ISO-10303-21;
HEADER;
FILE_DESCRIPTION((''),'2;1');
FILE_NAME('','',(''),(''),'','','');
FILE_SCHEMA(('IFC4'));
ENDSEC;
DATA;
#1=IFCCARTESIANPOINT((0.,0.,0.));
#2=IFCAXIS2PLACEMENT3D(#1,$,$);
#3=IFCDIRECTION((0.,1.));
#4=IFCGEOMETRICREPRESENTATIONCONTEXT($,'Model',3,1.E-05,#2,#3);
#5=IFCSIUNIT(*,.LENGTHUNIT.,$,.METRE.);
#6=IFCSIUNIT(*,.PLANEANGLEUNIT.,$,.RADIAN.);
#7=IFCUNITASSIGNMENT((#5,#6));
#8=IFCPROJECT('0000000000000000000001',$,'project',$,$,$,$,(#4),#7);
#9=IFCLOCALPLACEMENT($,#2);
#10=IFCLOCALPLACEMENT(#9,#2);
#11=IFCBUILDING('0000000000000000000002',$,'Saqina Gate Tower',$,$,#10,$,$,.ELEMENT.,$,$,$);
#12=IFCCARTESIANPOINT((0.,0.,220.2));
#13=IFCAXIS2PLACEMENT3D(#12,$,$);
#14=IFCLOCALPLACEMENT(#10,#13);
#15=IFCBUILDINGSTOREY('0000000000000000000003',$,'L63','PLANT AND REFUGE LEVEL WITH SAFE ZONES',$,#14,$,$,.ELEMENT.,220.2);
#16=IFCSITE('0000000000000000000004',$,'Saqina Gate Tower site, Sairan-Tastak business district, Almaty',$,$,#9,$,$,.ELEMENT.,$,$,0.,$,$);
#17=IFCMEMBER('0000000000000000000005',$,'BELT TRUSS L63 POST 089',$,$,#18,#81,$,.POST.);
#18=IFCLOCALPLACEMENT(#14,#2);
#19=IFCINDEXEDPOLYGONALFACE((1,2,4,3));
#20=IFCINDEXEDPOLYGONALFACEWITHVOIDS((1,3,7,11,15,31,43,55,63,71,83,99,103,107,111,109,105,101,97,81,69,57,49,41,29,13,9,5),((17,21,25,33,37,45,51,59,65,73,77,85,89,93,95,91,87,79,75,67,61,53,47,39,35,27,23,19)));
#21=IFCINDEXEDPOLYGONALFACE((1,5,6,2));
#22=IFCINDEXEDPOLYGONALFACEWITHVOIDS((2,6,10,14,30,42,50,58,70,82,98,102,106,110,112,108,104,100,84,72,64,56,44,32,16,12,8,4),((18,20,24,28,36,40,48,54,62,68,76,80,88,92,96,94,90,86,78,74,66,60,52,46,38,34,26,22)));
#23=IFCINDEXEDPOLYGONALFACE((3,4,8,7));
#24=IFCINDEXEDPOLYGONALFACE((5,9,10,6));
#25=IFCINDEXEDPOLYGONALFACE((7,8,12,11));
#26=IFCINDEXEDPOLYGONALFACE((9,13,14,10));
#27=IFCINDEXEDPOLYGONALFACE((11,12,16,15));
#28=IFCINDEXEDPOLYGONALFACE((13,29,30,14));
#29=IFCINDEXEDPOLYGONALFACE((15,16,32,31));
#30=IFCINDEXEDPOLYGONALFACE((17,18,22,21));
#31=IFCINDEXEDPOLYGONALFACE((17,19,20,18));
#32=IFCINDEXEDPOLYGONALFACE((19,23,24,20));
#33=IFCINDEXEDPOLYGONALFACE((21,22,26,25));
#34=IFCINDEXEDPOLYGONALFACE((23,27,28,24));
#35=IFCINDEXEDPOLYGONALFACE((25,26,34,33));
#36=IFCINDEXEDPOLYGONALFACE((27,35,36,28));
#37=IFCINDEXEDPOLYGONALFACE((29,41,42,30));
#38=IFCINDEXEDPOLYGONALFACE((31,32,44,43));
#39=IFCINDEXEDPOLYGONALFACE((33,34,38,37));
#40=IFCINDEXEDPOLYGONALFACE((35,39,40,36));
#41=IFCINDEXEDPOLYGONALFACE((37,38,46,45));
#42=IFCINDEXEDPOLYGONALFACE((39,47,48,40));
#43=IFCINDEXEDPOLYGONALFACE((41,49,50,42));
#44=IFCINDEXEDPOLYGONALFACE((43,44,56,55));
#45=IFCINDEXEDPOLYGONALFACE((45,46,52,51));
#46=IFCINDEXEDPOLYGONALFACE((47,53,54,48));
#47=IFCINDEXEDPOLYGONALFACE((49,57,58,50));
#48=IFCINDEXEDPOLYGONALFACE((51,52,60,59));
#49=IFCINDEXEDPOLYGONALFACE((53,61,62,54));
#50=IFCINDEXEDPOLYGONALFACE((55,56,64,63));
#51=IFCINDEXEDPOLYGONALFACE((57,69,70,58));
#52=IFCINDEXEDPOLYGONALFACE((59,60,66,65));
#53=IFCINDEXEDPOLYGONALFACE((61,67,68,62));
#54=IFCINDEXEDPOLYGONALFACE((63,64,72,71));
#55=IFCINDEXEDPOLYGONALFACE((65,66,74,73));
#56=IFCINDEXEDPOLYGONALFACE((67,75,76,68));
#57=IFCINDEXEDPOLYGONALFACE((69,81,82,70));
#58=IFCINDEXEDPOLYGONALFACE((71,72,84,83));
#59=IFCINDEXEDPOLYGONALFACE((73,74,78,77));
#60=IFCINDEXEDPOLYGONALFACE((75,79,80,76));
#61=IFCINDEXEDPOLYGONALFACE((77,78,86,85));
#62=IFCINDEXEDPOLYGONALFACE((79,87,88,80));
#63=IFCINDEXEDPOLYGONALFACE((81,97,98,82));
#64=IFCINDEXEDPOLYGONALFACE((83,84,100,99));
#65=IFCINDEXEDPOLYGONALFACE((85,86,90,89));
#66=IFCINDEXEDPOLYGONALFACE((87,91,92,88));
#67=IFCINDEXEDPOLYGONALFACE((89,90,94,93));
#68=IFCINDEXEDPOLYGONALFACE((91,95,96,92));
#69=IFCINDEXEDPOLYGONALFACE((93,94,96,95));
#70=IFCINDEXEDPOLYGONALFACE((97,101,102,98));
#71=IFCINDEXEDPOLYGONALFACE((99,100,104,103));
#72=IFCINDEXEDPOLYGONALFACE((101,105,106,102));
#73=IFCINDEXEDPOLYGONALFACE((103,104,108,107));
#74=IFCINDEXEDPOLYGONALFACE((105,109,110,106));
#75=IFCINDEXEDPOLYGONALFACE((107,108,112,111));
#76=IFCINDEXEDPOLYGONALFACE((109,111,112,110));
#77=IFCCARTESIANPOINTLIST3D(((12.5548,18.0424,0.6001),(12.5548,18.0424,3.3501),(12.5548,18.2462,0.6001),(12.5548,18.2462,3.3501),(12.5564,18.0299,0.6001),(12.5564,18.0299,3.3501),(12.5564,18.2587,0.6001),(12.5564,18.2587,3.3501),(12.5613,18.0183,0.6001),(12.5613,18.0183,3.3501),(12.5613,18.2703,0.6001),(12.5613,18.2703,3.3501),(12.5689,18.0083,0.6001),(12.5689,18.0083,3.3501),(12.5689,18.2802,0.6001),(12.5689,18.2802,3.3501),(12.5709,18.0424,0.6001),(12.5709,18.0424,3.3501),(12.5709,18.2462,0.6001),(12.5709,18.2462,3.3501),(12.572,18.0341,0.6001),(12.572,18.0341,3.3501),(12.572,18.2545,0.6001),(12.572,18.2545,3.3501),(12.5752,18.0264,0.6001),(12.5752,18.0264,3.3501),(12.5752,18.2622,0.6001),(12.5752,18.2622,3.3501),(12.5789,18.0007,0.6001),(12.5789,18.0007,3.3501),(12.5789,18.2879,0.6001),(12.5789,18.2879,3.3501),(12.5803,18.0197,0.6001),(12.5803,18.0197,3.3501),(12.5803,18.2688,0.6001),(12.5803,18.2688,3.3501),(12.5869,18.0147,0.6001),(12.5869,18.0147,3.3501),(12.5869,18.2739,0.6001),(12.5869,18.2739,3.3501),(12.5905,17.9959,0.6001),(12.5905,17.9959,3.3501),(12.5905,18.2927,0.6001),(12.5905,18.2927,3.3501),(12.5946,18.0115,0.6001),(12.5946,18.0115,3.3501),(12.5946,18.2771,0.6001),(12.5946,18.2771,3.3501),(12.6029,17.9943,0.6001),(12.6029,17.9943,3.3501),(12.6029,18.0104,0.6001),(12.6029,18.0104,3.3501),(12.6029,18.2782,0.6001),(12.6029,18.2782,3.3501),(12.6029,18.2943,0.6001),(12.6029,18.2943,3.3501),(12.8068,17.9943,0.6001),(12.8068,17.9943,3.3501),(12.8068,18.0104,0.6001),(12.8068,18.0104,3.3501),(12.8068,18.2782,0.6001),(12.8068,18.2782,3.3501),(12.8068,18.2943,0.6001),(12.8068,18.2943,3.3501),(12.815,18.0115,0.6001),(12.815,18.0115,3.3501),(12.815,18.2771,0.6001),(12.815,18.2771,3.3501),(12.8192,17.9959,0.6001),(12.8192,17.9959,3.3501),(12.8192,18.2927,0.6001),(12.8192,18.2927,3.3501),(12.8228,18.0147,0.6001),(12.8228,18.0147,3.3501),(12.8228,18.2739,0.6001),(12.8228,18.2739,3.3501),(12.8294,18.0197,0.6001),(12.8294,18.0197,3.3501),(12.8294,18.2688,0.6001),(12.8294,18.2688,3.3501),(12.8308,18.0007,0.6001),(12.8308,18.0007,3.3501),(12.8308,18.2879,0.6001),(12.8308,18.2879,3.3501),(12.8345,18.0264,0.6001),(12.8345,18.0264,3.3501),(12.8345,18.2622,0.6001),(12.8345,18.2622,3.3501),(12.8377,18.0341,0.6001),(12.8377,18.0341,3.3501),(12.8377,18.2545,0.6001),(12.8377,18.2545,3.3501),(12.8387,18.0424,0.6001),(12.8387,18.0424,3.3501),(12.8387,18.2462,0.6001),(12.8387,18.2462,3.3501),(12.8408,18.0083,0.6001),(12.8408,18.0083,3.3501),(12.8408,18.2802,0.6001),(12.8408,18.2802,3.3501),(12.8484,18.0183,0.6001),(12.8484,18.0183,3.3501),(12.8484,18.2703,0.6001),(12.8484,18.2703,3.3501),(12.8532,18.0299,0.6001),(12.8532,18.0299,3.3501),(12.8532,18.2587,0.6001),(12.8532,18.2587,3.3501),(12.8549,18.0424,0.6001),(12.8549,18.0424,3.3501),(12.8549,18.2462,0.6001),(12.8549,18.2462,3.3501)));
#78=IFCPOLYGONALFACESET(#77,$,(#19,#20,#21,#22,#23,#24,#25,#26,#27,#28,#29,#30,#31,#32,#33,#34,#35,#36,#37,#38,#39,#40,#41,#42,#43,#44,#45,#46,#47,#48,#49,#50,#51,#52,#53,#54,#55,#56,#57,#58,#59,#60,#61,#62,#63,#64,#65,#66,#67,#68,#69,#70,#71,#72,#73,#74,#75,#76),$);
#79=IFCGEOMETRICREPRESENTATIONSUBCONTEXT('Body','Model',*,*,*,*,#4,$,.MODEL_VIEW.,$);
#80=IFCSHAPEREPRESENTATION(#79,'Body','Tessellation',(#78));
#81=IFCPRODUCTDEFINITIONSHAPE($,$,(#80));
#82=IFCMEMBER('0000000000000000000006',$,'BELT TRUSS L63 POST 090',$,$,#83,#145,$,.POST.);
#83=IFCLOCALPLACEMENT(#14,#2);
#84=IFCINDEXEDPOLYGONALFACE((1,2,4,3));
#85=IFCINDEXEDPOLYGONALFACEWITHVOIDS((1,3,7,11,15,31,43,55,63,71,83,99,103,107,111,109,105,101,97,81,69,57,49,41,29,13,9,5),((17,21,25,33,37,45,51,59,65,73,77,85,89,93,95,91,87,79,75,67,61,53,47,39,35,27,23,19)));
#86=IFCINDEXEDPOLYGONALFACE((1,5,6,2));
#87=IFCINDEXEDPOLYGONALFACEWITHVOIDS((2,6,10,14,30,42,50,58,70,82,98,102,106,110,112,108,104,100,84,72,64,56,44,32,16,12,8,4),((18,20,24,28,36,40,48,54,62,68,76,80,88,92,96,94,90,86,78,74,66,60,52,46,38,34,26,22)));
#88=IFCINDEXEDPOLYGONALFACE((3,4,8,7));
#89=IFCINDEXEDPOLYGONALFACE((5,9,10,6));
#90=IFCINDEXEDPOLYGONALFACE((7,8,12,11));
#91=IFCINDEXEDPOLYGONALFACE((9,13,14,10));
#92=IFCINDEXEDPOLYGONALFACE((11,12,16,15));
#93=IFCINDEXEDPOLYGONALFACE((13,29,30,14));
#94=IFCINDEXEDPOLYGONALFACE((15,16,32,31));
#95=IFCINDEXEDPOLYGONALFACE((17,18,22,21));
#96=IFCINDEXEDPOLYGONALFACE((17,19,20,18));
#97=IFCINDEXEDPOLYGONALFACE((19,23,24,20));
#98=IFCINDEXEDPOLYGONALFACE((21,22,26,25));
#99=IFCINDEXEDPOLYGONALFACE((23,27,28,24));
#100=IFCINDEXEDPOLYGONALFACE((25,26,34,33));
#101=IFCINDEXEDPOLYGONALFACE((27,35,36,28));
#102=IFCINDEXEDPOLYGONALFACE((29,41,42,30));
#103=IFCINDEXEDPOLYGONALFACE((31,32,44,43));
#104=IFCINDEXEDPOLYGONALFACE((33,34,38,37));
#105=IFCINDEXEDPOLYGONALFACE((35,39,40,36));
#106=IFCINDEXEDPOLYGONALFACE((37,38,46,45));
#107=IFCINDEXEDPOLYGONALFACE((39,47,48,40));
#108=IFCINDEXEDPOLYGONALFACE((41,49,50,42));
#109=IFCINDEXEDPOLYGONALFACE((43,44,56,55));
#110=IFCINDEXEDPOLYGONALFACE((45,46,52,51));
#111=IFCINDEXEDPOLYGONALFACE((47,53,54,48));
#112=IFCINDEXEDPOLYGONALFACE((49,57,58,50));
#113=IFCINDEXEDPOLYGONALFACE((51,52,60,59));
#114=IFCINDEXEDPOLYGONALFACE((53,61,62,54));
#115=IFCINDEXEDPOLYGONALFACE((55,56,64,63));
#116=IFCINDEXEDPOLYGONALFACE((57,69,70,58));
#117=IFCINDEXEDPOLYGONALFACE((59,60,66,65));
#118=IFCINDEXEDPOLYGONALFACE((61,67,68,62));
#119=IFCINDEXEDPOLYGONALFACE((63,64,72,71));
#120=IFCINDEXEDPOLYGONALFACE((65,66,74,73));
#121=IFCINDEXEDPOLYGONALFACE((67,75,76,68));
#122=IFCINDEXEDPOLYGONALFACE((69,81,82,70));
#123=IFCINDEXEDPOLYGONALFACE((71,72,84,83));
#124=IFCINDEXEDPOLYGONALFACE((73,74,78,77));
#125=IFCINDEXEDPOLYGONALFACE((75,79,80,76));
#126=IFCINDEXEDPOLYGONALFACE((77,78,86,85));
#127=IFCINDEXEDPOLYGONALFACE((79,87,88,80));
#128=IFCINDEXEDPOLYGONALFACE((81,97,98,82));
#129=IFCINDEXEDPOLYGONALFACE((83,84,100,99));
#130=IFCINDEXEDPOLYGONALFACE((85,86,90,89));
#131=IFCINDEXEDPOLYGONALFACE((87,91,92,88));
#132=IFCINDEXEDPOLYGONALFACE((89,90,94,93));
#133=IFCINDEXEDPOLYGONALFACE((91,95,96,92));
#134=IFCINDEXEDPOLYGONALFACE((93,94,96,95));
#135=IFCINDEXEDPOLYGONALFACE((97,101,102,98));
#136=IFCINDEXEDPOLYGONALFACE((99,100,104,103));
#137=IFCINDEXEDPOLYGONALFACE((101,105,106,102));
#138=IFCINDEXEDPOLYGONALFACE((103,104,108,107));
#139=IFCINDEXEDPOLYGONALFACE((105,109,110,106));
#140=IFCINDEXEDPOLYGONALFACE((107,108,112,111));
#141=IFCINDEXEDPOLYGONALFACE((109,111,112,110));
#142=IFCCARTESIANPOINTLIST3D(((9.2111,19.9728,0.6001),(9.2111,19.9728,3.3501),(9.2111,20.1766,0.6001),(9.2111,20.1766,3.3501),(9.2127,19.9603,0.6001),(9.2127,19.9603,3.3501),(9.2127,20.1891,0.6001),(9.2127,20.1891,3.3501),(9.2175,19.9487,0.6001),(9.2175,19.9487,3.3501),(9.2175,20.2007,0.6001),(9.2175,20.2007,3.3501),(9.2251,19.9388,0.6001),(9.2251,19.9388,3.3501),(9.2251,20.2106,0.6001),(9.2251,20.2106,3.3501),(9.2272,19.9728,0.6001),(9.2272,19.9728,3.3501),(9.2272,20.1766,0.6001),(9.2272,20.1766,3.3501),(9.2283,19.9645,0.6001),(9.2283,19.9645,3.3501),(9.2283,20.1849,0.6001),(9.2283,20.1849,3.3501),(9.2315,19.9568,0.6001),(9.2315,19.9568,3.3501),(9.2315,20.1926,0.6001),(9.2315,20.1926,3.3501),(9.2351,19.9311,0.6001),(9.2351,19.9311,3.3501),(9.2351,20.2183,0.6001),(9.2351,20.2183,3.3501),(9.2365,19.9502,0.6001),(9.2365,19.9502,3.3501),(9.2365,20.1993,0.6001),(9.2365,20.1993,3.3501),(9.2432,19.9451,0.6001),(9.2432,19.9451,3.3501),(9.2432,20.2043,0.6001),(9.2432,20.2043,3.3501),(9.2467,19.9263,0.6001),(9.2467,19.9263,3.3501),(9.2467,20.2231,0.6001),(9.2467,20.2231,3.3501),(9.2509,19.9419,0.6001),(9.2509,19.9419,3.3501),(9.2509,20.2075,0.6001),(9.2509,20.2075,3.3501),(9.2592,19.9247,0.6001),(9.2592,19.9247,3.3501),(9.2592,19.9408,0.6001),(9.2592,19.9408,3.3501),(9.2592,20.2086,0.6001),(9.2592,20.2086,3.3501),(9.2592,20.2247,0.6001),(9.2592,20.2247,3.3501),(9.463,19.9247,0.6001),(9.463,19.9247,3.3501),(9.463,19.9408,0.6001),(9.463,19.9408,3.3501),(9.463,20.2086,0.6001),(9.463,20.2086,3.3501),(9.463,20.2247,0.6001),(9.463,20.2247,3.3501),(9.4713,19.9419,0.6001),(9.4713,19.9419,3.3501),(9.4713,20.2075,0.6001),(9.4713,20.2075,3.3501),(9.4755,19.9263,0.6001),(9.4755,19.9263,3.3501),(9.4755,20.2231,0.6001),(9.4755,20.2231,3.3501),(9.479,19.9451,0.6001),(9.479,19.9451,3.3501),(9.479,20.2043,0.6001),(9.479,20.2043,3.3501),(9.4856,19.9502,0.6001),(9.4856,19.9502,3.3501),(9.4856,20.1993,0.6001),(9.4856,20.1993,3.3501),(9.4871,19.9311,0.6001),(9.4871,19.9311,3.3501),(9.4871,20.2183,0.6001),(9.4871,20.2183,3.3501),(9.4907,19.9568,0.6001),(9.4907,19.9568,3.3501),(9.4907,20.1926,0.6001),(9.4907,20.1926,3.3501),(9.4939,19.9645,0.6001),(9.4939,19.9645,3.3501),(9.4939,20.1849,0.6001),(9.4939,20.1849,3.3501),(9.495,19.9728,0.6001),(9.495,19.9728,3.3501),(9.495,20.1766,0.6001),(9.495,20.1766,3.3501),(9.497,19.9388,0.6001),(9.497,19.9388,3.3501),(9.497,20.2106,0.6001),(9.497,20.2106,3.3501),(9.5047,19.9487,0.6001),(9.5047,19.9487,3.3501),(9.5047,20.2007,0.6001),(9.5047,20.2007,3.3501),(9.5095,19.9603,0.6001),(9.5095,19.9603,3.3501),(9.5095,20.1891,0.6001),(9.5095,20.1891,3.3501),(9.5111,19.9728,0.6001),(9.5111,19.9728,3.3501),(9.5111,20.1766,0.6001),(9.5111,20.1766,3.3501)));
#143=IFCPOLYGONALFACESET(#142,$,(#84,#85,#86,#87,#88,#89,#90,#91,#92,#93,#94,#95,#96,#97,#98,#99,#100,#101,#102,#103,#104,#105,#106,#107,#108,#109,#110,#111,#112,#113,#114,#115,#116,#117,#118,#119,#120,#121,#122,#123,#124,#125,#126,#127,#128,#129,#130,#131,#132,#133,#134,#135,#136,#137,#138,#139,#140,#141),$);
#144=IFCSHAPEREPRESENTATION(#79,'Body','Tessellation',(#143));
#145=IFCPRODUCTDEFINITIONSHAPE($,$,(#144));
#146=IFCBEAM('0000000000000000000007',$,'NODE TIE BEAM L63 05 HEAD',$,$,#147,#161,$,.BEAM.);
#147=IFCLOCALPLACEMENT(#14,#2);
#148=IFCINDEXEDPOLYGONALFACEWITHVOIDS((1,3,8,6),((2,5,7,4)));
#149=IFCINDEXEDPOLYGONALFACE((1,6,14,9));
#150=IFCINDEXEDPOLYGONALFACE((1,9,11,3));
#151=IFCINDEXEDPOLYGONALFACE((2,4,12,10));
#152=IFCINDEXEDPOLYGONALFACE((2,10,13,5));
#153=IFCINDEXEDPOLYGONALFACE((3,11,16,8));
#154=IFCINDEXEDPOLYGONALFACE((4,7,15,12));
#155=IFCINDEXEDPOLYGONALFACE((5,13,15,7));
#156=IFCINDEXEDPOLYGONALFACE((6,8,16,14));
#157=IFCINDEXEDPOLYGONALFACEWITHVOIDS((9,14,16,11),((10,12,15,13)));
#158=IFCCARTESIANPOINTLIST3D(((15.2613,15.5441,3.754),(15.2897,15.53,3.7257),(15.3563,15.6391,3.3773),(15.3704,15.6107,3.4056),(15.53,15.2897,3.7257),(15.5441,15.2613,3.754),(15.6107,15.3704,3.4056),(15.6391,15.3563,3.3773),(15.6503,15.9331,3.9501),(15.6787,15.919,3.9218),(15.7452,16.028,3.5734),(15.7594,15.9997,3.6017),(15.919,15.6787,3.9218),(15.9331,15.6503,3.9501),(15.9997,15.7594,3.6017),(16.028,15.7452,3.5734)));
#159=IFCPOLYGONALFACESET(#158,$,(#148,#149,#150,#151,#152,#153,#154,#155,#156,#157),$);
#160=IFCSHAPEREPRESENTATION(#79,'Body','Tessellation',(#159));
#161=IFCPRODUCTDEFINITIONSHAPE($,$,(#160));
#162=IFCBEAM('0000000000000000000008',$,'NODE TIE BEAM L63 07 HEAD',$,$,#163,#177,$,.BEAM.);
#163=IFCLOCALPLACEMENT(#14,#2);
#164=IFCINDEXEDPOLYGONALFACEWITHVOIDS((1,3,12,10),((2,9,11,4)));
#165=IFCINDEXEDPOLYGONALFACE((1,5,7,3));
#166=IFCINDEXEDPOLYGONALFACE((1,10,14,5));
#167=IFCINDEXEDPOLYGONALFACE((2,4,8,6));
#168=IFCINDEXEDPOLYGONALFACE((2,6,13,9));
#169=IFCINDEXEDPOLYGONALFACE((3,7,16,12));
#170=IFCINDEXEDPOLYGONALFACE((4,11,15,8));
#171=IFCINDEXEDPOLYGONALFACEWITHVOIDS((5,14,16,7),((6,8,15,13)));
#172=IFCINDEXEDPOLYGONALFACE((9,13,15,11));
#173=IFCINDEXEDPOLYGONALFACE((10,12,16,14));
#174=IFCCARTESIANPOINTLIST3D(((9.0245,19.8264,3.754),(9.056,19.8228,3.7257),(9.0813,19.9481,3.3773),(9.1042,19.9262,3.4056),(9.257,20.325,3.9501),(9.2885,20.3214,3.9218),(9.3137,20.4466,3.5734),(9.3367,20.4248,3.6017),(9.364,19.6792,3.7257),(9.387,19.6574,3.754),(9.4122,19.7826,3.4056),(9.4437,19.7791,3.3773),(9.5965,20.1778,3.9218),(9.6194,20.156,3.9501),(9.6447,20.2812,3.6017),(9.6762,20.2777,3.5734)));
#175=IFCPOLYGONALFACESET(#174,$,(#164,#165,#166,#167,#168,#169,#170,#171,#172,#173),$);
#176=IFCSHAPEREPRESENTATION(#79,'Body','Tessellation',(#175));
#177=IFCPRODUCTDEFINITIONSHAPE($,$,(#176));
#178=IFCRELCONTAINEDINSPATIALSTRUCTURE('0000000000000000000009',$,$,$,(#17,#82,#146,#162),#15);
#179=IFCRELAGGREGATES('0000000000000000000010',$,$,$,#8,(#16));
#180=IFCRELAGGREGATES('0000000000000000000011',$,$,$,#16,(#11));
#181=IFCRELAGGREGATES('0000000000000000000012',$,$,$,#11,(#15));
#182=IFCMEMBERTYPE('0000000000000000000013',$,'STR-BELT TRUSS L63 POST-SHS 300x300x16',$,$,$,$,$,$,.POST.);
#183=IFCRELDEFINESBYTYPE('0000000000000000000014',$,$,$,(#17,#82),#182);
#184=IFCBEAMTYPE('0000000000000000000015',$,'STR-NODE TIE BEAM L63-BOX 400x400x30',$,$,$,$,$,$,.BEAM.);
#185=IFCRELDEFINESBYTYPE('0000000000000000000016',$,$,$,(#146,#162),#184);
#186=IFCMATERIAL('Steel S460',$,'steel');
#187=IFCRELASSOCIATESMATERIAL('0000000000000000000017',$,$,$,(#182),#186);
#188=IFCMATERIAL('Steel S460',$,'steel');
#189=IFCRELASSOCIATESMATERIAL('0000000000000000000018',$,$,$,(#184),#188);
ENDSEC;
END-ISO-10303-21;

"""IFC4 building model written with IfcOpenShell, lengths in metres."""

from ifc_helpers import new_model, si_unit, direction, frame, origin, origin_2d, place, context, subcontext, project, spatial, hollow_rectangle, extrude, material, material_profile, profile_set, type_object, element, save


model = new_model("IFC4")

# Units and contexts
model_context = context("Model", 3, precision=1e-05, world=origin(), true_north=direction((0.0, 1.0)))
body_context = subcontext(model_context, "Body", "Model", "MODEL_VIEW")
ifc_project = project(units=[si_unit("LENGTHUNIT", "METRE"), si_unit("PLANEANGLEUNIT", "RADIAN")], contexts=[model_context])

# Site, building, storey
site_placement = place(None, origin())
site = spatial("IfcSite", under=ifc_project, at=site_placement, Name="Saqina Gate Tower site, Sairan-Tastak business district, Almaty", CompositionType="ELEMENT", RefElevation=0.0)
building_placement = place(site_placement, origin())
building = spatial("IfcBuilding", under=site, at=building_placement, Name="Saqina Gate Tower", CompositionType="ELEMENT")
storey_placement = place(building_placement, frame((0.0, 0.0, 220.2)))
storey = spatial("IfcBuildingStorey", under=building, at=storey_placement, Name="L63", Description="PLANT AND REFUGE LEVEL WITH SAFE ZONES", CompositionType="ELEMENT", Elevation=220.2)

# Members
ifc_material_1 = material(Name="Steel S460", Category="steel")
ifc_material_profile_1 = material_profile(ifc_material_1, hollow_rectangle(XDim=0.3, YDim=0.3, WallThickness=0.0161, InnerFilletRadius=0.032, OuterFilletRadius=0.0481, at=origin_2d()), Name="SHS 300x300x16")
ifc_profile_set_1 = profile_set([ifc_material_profile_1], Name="Steel S460")
member_type_1 = type_object("IfcMemberType", Name="STR-BELT TRUSS L63 POST-SHS 300x300x16", PredefinedType="POST", material=ifc_profile_set_1)
for number, where, z_axis, x_axis, name in (
    (1, (12.7048, 18.1443, 0.6001), (0.0, 0.0, 1.0), (1.0, 0.0, 0.0), "BELT TRUSS L63 POST 089"),
    (2, (9.3611, 20.0747, 0.6001), (0.0, 0.0, 1.0), (1.0, 0.0, 0.0), "BELT TRUSS L63 POST 090"),
):
    element("IfcMember", number, at=place(storey_placement, frame(where, z_axis=z_axis, x_axis=x_axis)), inside=storey, type_object=member_type_1, Name=name, PredefinedType="POST", context=body_context, shape_type="SweptSolid", body=[
        extrude(hollow_rectangle(XDim=0.3, YDim=0.3, WallThickness=0.0161, InnerFilletRadius=0.032, OuterFilletRadius=0.0481, at=origin_2d()), origin(), (0.0, 0.0, 1.0), 2.75),
    ])

# Beams
ifc_material_2 = material(Name="Steel S460", Category="steel")
ifc_material_profile_2 = material_profile(ifc_material_2, hollow_rectangle(XDim=0.3999, YDim=0.3999, WallThickness=0.03, at=origin_2d()), Name="BOX 400x400x30")
ifc_profile_set_2 = profile_set([ifc_material_profile_2], Name="Steel S460")
beam_type = type_object("IfcBeamType", Name="STR-NODE TIE BEAM L63-BOX 400x400x30", PredefinedType="BEAM", material=ifc_profile_set_2)
for number, where, z_axis, x_axis, name in (
    (3, (15.4502, 15.4502, 3.5657), (0.666061, 0.666061, 0.335748), (-0.707107, 0.707107, 0.0), "NODE TIE BEAM L63 05 HEAD"),
    (4, (9.2341, 19.8027, 3.5657), (0.398021, 0.853738, 0.335725), (-0.906342, 0.422545, 0.0), "NODE TIE BEAM L63 07 HEAD"),
):
    element("IfcBeam", number, at=place(storey_placement, frame(where, z_axis=z_axis, x_axis=x_axis)), inside=storey, type_object=beam_type, Name=name, PredefinedType="BEAM", context=body_context, shape_type="SweptSolid", body=[
        extrude(hollow_rectangle(XDim=0.3999, YDim=0.3999, WallThickness=0.03, at=origin_2d()), origin(), (0.0, 0.0, 1.0), 0.584),
    ])

save(model, "model.ifc")
